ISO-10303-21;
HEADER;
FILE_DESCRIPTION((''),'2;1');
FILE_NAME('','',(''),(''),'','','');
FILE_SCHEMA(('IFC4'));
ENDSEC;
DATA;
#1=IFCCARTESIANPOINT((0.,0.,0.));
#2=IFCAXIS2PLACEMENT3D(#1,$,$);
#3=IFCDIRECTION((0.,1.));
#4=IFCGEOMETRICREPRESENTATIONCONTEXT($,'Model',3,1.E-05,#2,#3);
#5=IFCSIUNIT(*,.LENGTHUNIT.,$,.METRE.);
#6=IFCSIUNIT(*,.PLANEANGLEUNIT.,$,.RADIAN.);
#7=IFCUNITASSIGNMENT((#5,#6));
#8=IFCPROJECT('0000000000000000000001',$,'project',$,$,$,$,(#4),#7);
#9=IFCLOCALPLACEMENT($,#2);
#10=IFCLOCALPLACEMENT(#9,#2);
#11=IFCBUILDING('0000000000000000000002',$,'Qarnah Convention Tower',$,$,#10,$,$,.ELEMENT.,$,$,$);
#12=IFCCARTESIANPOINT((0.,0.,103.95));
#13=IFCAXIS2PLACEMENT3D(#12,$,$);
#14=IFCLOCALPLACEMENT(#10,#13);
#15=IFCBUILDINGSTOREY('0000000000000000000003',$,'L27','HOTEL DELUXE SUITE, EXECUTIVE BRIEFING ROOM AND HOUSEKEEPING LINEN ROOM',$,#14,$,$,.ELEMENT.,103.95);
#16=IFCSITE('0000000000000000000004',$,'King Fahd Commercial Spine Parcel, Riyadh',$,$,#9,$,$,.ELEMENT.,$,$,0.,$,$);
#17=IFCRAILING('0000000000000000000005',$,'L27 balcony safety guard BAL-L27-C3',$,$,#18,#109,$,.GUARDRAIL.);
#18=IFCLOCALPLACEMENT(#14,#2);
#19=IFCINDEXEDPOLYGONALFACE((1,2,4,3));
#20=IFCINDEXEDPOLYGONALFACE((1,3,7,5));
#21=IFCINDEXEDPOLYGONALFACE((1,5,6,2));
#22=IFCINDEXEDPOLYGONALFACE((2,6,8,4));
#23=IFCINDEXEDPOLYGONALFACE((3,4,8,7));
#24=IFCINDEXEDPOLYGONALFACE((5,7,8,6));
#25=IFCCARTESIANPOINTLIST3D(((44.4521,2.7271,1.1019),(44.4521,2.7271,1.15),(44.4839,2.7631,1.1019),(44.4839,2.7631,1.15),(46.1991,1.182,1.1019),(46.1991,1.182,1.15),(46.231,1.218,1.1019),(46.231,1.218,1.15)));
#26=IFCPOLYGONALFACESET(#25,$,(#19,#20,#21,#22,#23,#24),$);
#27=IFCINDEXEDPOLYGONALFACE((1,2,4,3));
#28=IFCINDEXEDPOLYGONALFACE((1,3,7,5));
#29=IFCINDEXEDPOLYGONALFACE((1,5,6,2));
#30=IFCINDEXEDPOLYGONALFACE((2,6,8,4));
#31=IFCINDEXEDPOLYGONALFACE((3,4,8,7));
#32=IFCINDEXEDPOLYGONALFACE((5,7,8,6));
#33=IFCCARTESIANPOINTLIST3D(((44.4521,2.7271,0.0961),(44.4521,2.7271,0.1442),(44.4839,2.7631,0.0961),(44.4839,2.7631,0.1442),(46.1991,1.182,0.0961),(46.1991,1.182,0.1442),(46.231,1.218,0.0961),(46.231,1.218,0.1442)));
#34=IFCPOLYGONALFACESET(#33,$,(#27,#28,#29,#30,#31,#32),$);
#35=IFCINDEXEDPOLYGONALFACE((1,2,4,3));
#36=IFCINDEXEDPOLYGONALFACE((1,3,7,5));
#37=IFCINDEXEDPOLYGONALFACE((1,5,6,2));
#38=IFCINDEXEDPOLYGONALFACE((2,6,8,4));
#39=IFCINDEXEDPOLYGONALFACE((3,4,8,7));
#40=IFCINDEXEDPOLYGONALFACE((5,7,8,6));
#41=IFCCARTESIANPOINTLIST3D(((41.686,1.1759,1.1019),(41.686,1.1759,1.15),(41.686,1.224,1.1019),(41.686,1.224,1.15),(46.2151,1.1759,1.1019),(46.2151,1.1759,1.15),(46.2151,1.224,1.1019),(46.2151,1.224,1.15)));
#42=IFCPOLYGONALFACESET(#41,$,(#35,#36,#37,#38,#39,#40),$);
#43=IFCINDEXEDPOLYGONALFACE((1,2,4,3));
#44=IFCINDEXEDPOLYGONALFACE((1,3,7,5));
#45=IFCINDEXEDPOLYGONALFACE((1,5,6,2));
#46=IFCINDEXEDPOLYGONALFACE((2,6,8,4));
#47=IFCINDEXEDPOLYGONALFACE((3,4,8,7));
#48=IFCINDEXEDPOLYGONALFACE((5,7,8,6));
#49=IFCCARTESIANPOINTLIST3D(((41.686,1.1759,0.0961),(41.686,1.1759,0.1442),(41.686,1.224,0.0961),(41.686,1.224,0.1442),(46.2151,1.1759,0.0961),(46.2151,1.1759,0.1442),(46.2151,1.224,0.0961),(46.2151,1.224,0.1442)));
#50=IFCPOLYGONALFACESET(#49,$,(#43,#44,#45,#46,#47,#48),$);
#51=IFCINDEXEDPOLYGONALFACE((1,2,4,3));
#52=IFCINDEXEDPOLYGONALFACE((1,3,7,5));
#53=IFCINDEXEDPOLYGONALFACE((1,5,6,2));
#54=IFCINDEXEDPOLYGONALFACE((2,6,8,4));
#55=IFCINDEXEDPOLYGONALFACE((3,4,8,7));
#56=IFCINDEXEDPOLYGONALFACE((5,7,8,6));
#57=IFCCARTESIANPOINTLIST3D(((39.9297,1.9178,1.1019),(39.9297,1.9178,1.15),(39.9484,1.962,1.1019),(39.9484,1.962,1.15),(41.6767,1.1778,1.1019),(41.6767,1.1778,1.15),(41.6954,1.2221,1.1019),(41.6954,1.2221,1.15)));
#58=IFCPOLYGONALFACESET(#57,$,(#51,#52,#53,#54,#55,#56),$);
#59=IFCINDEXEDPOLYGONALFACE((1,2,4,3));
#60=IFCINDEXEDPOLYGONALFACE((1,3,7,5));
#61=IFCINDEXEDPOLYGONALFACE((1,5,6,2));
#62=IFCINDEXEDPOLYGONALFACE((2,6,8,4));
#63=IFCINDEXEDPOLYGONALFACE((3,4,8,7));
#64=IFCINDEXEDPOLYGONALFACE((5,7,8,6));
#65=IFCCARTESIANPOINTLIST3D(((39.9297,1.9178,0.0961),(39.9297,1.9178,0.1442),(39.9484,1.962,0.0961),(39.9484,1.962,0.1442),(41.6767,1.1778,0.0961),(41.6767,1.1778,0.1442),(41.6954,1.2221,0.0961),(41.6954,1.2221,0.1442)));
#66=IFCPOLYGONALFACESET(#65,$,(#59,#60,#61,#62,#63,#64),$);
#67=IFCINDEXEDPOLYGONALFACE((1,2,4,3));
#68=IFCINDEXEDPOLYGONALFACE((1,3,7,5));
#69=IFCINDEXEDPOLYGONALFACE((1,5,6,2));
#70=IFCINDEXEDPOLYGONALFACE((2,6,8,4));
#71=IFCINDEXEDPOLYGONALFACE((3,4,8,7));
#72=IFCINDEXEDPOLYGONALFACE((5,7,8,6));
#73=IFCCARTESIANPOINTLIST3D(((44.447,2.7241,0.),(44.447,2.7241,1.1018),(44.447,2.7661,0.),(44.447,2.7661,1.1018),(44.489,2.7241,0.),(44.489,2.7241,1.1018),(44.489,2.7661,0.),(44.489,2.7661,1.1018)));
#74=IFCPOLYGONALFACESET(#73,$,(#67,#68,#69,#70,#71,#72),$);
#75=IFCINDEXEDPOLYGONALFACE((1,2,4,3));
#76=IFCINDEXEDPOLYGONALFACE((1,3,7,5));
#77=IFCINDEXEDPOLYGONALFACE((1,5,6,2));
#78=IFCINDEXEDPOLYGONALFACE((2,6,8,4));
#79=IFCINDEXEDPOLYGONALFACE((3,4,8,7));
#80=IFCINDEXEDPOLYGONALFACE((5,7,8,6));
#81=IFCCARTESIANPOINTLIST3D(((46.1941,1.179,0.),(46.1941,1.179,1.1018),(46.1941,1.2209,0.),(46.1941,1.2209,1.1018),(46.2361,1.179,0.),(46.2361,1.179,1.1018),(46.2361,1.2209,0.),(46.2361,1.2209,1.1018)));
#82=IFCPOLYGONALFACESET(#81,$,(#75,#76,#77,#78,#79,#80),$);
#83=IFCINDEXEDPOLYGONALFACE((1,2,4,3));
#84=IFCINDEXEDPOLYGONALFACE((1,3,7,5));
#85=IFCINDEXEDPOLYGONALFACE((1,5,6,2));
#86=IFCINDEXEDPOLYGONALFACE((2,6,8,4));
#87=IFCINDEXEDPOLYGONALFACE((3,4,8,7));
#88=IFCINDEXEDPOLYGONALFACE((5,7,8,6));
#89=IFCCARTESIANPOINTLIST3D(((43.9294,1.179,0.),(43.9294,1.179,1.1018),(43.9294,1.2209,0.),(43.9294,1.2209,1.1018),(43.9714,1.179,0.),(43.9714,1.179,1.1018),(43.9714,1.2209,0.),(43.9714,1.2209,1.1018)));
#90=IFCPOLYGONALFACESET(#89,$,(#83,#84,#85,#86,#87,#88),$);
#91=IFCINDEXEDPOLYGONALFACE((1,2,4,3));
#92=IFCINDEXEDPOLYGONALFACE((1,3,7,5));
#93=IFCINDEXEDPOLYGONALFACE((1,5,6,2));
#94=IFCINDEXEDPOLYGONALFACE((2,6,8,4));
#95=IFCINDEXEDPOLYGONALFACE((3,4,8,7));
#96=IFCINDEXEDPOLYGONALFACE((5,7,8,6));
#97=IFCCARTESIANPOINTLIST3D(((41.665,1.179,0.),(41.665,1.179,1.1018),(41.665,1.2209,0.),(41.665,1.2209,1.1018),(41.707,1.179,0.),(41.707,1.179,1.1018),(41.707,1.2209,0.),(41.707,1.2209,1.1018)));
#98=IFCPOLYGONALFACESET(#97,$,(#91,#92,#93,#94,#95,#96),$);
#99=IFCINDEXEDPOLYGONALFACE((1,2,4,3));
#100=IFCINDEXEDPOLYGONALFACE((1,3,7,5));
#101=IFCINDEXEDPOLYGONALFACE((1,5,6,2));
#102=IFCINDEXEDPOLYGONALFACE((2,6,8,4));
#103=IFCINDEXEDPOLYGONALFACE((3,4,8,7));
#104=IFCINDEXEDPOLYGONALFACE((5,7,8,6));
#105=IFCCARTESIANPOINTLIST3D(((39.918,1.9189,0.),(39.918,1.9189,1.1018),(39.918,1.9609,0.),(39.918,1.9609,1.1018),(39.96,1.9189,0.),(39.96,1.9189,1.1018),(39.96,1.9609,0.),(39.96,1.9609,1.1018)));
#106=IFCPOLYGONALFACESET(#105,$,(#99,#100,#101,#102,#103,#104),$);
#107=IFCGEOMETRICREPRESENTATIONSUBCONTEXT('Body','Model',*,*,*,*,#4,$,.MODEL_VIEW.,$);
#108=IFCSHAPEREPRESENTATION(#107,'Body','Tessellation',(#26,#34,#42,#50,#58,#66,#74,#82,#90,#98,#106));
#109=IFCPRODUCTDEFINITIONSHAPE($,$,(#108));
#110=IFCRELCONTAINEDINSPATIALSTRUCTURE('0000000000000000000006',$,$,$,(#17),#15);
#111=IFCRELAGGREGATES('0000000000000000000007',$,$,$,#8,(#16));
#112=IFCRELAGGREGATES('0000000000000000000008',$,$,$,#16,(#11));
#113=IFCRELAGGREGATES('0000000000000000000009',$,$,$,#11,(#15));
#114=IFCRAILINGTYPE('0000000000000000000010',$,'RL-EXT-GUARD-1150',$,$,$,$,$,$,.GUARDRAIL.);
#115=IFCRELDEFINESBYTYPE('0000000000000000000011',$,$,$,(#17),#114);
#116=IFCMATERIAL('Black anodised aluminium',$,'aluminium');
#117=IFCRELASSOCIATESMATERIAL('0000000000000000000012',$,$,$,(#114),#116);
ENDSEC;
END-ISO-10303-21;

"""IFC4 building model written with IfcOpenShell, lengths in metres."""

from ifc_helpers import new_model, si_unit, direction, frame, origin, origin_2d, place, context, subcontext, project, spatial, rectangle, extrude, material, type_object, element, save


model = new_model("IFC4")

# Units and contexts
model_context = context("Model", 3, precision=1e-05, world=origin(), true_north=direction((0.0, 1.0)))
body_context = subcontext(model_context, "Body", "Model", "MODEL_VIEW")
ifc_project = project(units=[si_unit("LENGTHUNIT", "METRE"), si_unit("PLANEANGLEUNIT", "RADIAN")], contexts=[model_context])

# Site, building, storey
site_placement = place(None, origin())
site = spatial("IfcSite", under=ifc_project, at=site_placement, Name="King Fahd Commercial Spine Parcel, Riyadh", CompositionType="ELEMENT", RefElevation=0.0)
building_placement = place(site_placement, origin())
building = spatial("IfcBuilding", under=site, at=building_placement, Name="Qarnah Convention Tower", CompositionType="ELEMENT")
storey_placement = place(building_placement, frame((0.0, 0.0, 103.95)))
storey = spatial("IfcBuildingStorey", under=building, at=storey_placement, Name="L27", Description="HOTEL DELUXE SUITE, EXECUTIVE BRIEFING ROOM AND HOUSEKEEPING LINEN ROOM", CompositionType="ELEMENT", Elevation=103.95)

# Shared definitions
ifc_material_1 = material(Name="Black anodised aluminium", Category="aluminium")

# Railing
railing_type = type_object("IfcRailingType", Name="RL-EXT-GUARD-1150", PredefinedType="GUARDRAIL", material=ifc_material_1)
railing_1_placement = place(storey_placement, frame((44.468, 2.7451, 0.0)))
element("IfcRailing", 1, at=railing_1_placement, inside=storey, type_object=railing_type, Name="L27 balcony safety guard BAL-L27-C3", PredefinedType="GUARDRAIL", context=body_context, shape_type="SweptSolid", body=[
    extrude(rectangle(XDim=0.0481, YDim=0.0481, at=origin_2d()), frame((0.0, 0.0, 1.126), z_axis=(0.749064, -0.662497, 0.0), x_axis=(0.662497, 0.749064, 0.0)), (0.0, 0.0, 1.0), 2.3323),
    extrude(rectangle(XDim=0.0481, YDim=0.0481, at=origin_2d()), frame((0.0, 0.0, 0.1201), z_axis=(0.749064, -0.662497, 0.0), x_axis=(0.662497, 0.749064, 0.0)), (0.0, 0.0, 1.0), 2.3323),
    extrude(rectangle(XDim=0.0481, YDim=0.0481, at=origin_2d()), frame((1.7471, -1.5452, 1.126), z_axis=(-1.0, 0.0, 0.0), x_axis=(0.0, -1.0, 0.0)), (0.0, 0.0, 1.0), 4.5291),
    extrude(rectangle(XDim=0.0481, YDim=0.0481, at=origin_2d()), frame((1.7471, -1.5452, 0.1201), z_axis=(-1.0, 0.0, 0.0), x_axis=(0.0, -1.0, 0.0)), (0.0, 0.0, 1.0), 4.5291),
    extrude(rectangle(XDim=0.0481, YDim=0.0481, at=origin_2d()), frame((-2.782, -1.5452, 1.126), z_axis=(-0.920807, 0.390018, 0.0), x_axis=(-0.390018, -0.920807, 0.0)), (0.0, 0.0, 1.0), 1.8972),
    extrude(rectangle(XDim=0.0481, YDim=0.0481, at=origin_2d()), frame((-2.782, -1.5452, 0.1201), z_axis=(-0.920807, 0.390018, 0.0), x_axis=(-0.390018, -0.920807, 0.0)), (0.0, 0.0, 1.0), 1.8972),
    extrude(rectangle(XDim=0.042, YDim=0.042, at=origin_2d()), origin(), (0.0, 0.0, 1.0), 1.1018),
    extrude(rectangle(XDim=0.042, YDim=0.042, at=origin_2d()), frame((1.7471, -1.5452, 0.0)), (0.0, 0.0, 1.0), 1.1018),
    extrude(rectangle(XDim=0.042, YDim=0.042, at=origin_2d()), frame((-0.5176, -1.5452, 0.0)), (0.0, 0.0, 1.0), 1.1018),
    extrude(rectangle(XDim=0.042, YDim=0.042, at=origin_2d()), frame((-2.782, -1.5452, 0.0)), (0.0, 0.0, 1.0), 1.1018),
    extrude(rectangle(XDim=0.042, YDim=0.042, at=origin_2d()), frame((-4.5291, -0.8052, 0.0)), (0.0, 0.0, 1.0), 1.1018),
])

save(model, "model.ifc")
